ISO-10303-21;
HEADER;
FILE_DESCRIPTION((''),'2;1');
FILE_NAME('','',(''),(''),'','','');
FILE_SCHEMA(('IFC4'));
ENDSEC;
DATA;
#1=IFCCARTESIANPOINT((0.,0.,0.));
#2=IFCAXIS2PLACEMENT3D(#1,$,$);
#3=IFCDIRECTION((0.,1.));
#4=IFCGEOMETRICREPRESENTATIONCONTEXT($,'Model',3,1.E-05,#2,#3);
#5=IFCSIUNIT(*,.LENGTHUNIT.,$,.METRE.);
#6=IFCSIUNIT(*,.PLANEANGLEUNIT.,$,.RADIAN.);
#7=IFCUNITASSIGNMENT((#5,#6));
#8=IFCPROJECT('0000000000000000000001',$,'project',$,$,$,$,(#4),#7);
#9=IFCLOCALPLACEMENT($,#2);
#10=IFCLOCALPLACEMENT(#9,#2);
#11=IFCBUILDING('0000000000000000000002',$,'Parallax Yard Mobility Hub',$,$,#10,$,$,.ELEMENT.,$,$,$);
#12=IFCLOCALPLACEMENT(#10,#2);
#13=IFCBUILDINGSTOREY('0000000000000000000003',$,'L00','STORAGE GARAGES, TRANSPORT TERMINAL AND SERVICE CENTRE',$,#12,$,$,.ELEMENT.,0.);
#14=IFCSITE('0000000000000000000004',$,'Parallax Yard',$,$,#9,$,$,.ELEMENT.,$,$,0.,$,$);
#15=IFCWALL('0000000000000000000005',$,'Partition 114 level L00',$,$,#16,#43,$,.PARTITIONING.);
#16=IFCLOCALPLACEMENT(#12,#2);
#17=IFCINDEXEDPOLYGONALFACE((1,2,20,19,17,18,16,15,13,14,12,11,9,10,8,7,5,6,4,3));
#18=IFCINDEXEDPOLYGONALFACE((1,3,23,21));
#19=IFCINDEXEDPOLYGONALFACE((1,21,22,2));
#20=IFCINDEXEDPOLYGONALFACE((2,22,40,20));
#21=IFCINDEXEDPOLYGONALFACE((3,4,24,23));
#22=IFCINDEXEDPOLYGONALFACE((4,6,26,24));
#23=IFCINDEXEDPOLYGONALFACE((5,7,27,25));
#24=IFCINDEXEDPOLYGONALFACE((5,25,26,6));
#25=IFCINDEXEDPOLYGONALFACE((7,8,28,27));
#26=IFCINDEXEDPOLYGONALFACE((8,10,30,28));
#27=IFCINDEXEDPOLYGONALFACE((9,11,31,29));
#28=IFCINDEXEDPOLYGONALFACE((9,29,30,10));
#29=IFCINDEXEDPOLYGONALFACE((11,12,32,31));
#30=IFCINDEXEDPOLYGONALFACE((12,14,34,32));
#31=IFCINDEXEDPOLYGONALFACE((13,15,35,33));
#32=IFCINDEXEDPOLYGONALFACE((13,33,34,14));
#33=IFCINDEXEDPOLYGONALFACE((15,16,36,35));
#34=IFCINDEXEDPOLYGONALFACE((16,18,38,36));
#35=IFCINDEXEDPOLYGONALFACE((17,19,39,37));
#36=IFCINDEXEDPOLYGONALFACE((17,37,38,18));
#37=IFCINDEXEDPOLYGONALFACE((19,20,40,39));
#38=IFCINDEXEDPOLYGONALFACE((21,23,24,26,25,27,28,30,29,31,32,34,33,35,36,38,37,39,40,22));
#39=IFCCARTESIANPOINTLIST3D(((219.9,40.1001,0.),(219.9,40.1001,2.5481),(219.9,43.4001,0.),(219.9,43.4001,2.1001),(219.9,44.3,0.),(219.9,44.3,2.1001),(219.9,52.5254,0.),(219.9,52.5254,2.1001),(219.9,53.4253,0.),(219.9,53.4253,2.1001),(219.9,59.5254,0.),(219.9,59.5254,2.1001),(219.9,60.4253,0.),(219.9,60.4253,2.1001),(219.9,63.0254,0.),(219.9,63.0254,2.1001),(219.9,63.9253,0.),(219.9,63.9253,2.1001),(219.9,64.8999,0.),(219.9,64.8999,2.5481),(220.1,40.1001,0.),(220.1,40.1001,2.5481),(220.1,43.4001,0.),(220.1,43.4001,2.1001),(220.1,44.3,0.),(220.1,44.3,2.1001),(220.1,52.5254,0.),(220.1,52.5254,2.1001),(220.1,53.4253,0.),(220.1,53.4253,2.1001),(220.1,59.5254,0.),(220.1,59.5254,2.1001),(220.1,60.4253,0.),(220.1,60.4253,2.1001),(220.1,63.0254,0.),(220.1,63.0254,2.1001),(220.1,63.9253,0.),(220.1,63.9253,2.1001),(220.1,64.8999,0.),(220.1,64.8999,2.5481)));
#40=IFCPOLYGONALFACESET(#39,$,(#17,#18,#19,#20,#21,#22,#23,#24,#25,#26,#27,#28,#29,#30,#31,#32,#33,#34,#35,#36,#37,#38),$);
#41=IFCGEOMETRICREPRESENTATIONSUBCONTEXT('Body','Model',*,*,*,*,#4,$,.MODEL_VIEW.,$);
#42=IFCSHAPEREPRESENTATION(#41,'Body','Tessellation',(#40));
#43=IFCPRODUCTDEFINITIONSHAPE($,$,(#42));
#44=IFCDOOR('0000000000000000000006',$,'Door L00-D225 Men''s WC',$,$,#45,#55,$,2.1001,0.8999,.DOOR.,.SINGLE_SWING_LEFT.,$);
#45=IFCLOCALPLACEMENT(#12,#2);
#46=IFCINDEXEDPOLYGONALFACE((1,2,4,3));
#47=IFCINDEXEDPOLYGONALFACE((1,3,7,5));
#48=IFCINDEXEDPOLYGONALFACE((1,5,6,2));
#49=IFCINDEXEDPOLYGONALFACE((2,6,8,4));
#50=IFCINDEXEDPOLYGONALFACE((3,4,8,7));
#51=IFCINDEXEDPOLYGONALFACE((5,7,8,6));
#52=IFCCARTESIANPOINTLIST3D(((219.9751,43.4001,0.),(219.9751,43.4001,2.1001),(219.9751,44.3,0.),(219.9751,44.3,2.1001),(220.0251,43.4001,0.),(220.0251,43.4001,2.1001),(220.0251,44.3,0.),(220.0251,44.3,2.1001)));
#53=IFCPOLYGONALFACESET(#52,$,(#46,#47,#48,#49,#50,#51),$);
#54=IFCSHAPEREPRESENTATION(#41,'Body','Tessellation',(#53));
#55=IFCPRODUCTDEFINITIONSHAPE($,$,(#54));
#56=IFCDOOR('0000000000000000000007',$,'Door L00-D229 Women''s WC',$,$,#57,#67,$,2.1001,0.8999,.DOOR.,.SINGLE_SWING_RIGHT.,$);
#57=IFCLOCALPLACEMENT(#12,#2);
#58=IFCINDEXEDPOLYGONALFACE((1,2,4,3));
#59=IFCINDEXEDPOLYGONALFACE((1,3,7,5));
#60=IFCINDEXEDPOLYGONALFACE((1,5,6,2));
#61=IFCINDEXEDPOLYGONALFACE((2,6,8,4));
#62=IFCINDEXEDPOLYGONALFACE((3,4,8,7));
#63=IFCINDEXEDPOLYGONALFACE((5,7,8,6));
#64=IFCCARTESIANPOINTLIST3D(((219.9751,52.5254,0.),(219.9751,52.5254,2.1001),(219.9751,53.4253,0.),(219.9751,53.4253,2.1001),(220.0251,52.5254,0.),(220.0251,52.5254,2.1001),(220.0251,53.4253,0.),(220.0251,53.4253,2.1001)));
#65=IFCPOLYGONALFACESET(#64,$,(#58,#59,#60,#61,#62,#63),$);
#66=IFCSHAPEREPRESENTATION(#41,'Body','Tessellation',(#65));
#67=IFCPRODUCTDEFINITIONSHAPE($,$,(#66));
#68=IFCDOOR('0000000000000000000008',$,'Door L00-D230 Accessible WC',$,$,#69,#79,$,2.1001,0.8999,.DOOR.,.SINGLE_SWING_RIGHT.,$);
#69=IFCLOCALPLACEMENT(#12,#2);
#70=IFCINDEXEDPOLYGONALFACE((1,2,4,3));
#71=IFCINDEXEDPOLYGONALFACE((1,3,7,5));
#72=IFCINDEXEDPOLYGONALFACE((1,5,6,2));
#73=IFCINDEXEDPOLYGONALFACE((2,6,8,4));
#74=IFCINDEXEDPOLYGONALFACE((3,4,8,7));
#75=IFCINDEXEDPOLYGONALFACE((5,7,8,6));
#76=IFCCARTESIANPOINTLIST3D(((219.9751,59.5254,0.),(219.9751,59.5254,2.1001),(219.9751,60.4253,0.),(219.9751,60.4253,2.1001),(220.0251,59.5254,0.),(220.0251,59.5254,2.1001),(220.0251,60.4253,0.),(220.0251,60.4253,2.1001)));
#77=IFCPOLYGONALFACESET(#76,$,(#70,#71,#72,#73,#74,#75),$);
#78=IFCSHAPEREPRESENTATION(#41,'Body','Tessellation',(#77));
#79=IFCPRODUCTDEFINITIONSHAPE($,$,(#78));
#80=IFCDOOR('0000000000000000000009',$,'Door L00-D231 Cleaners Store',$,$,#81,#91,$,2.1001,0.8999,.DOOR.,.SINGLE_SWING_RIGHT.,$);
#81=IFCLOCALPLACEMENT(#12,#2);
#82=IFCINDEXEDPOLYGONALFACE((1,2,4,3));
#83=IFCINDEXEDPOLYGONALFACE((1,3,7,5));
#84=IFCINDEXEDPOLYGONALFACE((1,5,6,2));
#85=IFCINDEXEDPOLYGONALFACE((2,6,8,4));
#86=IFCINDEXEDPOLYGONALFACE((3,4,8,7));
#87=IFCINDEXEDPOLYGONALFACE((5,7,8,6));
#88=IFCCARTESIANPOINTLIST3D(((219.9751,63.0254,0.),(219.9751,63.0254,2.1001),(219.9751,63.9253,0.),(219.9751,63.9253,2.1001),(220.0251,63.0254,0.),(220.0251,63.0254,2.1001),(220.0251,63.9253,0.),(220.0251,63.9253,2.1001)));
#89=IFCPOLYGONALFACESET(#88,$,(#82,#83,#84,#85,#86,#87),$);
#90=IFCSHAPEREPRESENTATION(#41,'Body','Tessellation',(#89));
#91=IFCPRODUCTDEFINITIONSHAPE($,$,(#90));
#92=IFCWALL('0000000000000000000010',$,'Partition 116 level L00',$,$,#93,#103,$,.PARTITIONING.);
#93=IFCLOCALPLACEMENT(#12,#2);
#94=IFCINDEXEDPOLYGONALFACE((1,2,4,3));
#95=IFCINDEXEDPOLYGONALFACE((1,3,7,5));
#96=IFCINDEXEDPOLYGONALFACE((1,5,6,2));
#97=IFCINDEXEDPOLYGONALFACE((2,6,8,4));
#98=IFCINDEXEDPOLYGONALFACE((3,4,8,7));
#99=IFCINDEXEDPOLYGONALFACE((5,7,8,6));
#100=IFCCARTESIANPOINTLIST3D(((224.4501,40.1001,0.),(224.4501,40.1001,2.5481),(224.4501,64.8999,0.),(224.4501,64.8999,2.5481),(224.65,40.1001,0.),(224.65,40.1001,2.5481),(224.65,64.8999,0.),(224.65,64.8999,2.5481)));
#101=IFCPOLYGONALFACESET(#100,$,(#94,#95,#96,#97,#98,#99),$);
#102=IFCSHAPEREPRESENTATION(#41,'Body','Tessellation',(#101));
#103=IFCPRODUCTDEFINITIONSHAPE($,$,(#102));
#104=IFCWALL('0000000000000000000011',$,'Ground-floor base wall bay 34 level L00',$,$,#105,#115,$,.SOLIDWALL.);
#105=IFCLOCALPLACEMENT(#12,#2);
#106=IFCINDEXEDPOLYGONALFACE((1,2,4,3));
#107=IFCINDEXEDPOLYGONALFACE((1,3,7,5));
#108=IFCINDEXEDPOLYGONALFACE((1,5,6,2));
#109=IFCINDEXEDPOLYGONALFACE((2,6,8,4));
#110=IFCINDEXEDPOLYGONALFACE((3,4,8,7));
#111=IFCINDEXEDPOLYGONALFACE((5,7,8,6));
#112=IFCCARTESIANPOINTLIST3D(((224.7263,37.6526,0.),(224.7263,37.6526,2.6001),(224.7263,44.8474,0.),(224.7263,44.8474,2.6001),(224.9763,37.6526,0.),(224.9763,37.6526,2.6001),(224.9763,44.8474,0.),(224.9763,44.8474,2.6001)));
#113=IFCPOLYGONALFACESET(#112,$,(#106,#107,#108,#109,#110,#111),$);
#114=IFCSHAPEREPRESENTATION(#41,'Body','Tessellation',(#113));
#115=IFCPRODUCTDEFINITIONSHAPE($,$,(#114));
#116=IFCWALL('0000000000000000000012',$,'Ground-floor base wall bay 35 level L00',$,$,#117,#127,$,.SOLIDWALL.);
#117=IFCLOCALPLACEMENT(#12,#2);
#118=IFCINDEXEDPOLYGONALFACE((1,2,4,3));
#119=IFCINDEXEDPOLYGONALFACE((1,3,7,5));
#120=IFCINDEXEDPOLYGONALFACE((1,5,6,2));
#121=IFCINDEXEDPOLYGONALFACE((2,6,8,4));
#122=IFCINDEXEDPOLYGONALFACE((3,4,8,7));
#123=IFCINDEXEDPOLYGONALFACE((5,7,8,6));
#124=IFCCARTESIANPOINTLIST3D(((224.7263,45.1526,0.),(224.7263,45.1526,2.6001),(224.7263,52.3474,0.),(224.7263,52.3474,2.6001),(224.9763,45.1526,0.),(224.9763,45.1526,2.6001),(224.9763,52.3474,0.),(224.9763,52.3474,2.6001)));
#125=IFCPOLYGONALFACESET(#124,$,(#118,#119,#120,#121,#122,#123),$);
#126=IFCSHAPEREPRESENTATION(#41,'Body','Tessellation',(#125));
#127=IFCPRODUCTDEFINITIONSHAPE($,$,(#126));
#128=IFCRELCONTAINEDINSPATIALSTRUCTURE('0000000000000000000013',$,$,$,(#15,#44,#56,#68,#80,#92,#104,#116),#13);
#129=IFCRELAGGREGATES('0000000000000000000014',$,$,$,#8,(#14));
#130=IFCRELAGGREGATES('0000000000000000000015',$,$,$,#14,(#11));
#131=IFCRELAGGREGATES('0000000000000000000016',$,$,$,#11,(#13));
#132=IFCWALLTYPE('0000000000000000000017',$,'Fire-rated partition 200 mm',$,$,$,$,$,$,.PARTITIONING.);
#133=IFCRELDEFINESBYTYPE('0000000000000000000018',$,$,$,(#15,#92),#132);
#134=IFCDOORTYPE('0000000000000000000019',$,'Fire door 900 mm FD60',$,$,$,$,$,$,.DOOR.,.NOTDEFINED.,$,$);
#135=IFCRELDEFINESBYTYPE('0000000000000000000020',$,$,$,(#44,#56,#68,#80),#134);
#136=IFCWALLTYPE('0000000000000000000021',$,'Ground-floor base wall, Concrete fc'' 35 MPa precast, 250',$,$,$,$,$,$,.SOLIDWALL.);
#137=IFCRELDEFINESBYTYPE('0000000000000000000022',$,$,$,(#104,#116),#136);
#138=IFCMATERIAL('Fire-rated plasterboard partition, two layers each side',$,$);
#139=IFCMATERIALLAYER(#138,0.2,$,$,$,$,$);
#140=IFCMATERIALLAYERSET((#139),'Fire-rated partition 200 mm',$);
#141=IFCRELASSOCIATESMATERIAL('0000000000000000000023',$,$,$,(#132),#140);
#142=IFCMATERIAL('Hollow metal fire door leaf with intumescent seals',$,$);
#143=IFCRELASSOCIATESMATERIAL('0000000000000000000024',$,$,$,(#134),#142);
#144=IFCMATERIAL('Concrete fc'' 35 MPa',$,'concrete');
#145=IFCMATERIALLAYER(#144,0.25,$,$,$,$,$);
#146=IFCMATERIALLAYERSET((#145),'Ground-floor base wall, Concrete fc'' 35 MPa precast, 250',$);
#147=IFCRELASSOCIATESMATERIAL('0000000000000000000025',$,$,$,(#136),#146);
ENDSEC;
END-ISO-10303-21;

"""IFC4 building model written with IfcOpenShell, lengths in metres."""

from ifc_helpers import new_model, si_unit, direction, frame, frame_2d, origin, place, context, subcontext, project, spatial, rectangle, extrude, material, layer, layer_set, type_object, element, fill, save


model = new_model("IFC4")

# Units and contexts
model_context = context("Model", 3, precision=1e-05, world=origin(), true_north=direction((0.0, 1.0)))
body_context = subcontext(model_context, "Body", "Model", "MODEL_VIEW")
ifc_project = project(units=[si_unit("LENGTHUNIT", "METRE"), si_unit("PLANEANGLEUNIT", "RADIAN")], contexts=[model_context])

# Site, building, storey
site_placement = place(None, origin())
site = spatial("IfcSite", under=ifc_project, at=site_placement, Name="Parallax Yard", CompositionType="ELEMENT", RefElevation=0.0)
building_placement = place(site_placement, origin())
building = spatial("IfcBuilding", under=site, at=building_placement, Name="Parallax Yard Mobility Hub", CompositionType="ELEMENT")
storey_placement = place(building_placement, origin())
storey = spatial("IfcBuildingStorey", under=building, at=storey_placement, Name="L00", Description="STORAGE GARAGES, TRANSPORT TERMINAL AND SERVICE CENTRE", CompositionType="ELEMENT", Elevation=0.0)

# Shared definitions
ifc_material_1 = material(Name="Fire-rated plasterboard partition, two layers each side")
ifc_layer_1 = layer(ifc_material_1, 0.2)
ifc_layer_set_1 = layer_set([ifc_layer_1], Name="Fire-rated partition 200 mm")
wall_type_1 = type_object("IfcWallType", Name="Fire-rated partition 200 mm", PredefinedType="PARTITIONING", material=ifc_layer_set_1)

# Wall, openings, doors
wall_1_placement = place(storey_placement, frame((220.0, 40.1001, 0.0), z_axis=(0.0, 0.0, 1.0), x_axis=(0.0, 1.0, 0.0)))
wall_1 = element("IfcWall", 1, at=wall_1_placement, inside=storey, type_object=wall_type_1, Name="Partition 114 level L00", PredefinedType="PARTITIONING", context=body_context, shape_type="SweptSolid", body=[
    extrude(rectangle(XDim=24.7998, YDim=0.2, at=frame_2d((12.3999, 0.0))), origin(), (0.0, 0.0, 1.0), 2.5481),
])
opening_1_placement = place(wall_1_placement, frame((3.3, 0.0, 0.0)))
opening_1 = element("IfcOpeningElement", 2, at=opening_1_placement, cuts=wall_1, PredefinedType="OPENING", context=body_context, shape_type="SweptSolid", body=[
    extrude(rectangle(XDim=0.8999, YDim=2.1001, at=frame_2d((0.45, 1.05))), frame((0.0, 0.1099, 0.0), z_axis=(0.0, -1.0, 0.0), x_axis=(1.0, 0.0, 0.0)), (0.0, 0.0, 1.0), 0.22),
])
opening_2_placement = place(wall_1_placement, frame((12.4253, 0.0, 0.0)))
opening_2 = element("IfcOpeningElement", 3, at=opening_2_placement, cuts=wall_1, PredefinedType="OPENING", context=body_context, shape_type="SweptSolid", body=[
    extrude(rectangle(XDim=0.8999, YDim=2.1001, at=frame_2d((0.45, 1.05))), frame((0.0, 0.1099, 0.0), z_axis=(0.0, -1.0, 0.0), x_axis=(1.0, 0.0, 0.0)), (0.0, 0.0, 1.0), 0.22),
])
opening_3_placement = place(wall_1_placement, frame((19.4253, 0.0, 0.0)))
opening_3 = element("IfcOpeningElement", 4, at=opening_3_placement, cuts=wall_1, PredefinedType="OPENING", context=body_context, shape_type="SweptSolid", body=[
    extrude(rectangle(XDim=0.8999, YDim=2.1001, at=frame_2d((0.45, 1.05))), frame((0.0, 0.1099, 0.0), z_axis=(0.0, -1.0, 0.0), x_axis=(1.0, 0.0, 0.0)), (0.0, 0.0, 1.0), 0.22),
])
opening_4_placement = place(wall_1_placement, frame((22.9253, 0.0, 0.0)))
opening_4 = element("IfcOpeningElement", 5, at=opening_4_placement, cuts=wall_1, PredefinedType="OPENING", context=body_context, shape_type="SweptSolid", body=[
    extrude(rectangle(XDim=0.8999, YDim=2.1001, at=frame_2d((0.45, 1.05))), frame((0.0, 0.1099, 0.0), z_axis=(0.0, -1.0, 0.0), x_axis=(1.0, 0.0, 0.0)), (0.0, 0.0, 1.0), 0.22),
])
ifc_material_2 = material(Name="Hollow metal fire door leaf with intumescent seals")
door_type = type_object("IfcDoorType", Name="Fire door 900 mm FD60", OperationType="NOTDEFINED", PredefinedType="DOOR", material=ifc_material_2)
door_1_placement = place(opening_1_placement, origin())
door_1 = element("IfcDoor", 6, at=door_1_placement, inside=storey, type_object=door_type, Name="Door L00-D225 Men's WC", OperationType="SINGLE_SWING_LEFT", OverallHeight=2.1001, OverallWidth=0.8999, PredefinedType="DOOR", context=body_context, shape_type="SweptSolid", body=[
    extrude(rectangle(XDim=0.8999, YDim=2.1001, at=frame_2d((0.45, 1.05))), frame((0.0, 0.0249, 0.0), z_axis=(0.0, -1.0, 0.0), x_axis=(1.0, 0.0, 0.0)), (0.0, 0.0, 1.0), 0.05),
])
fill(opening_1, door_1)
door_2_placement = place(opening_2_placement, origin())
door_2 = element("IfcDoor", 7, at=door_2_placement, inside=storey, type_object=door_type, Name="Door L00-D229 Women's WC", OperationType="SINGLE_SWING_RIGHT", OverallHeight=2.1001, OverallWidth=0.8999, PredefinedType="DOOR", context=body_context, shape_type="SweptSolid", body=[
    extrude(rectangle(XDim=0.8999, YDim=2.1001, at=frame_2d((0.45, 1.05))), frame((0.0, 0.0249, 0.0), z_axis=(0.0, -1.0, 0.0), x_axis=(1.0, 0.0, 0.0)), (0.0, 0.0, 1.0), 0.05),
])
fill(opening_2, door_2)
door_3_placement = place(opening_3_placement, origin())
door_3 = element("IfcDoor", 8, at=door_3_placement, inside=storey, type_object=door_type, Name="Door L00-D230 Accessible WC", OperationType="SINGLE_SWING_RIGHT", OverallHeight=2.1001, OverallWidth=0.8999, PredefinedType="DOOR", context=body_context, shape_type="SweptSolid", body=[
    extrude(rectangle(XDim=0.8999, YDim=2.1001, at=frame_2d((0.45, 1.05))), frame((0.0, 0.0249, 0.0), z_axis=(0.0, -1.0, 0.0), x_axis=(1.0, 0.0, 0.0)), (0.0, 0.0, 1.0), 0.05),
])
fill(opening_3, door_3)
door_4_placement = place(opening_4_placement, origin())
door_4 = element("IfcDoor", 9, at=door_4_placement, inside=storey, type_object=door_type, Name="Door L00-D231 Cleaners Store", OperationType="SINGLE_SWING_RIGHT", OverallHeight=2.1001, OverallWidth=0.8999, PredefinedType="DOOR", context=body_context, shape_type="SweptSolid", body=[
    extrude(rectangle(XDim=0.8999, YDim=2.1001, at=frame_2d((0.45, 1.05))), frame((0.0, 0.0249, 0.0), z_axis=(0.0, -1.0, 0.0), x_axis=(1.0, 0.0, 0.0)), (0.0, 0.0, 1.0), 0.05),
])
fill(opening_4, door_4)

# Walls
wall_2_placement = place(storey_placement, frame((224.55, 40.1001, 0.0), z_axis=(0.0, 0.0, 1.0), x_axis=(0.0, 1.0, 0.0)))
element("IfcWall", 10, at=wall_2_placement, inside=storey, type_object=wall_type_1, Name="Partition 116 level L00", PredefinedType="PARTITIONING", context=body_context, shape_type="SweptSolid", body=[
    extrude(rectangle(XDim=24.7998, YDim=0.2, at=frame_2d((12.3999, 0.0))), origin(), (0.0, 0.0, 1.0), 2.5481),
])
ifc_material_3 = material(Name="Concrete fc' 35 MPa", Category="concrete")
ifc_layer_2 = layer(ifc_material_3, 0.25)
ifc_layer_set_2 = layer_set([ifc_layer_2], Name="Ground-floor base wall, Concrete fc' 35 MPa precast, 250")
wall_type_2 = type_object("IfcWallType", Name="Ground-floor base wall, Concrete fc' 35 MPa precast, 250", PredefinedType="SOLIDWALL", material=ifc_layer_set_2)
for number, where, z_axis, x_axis, name in (
    (11, (224.8513, 37.6526, 0.0), (0.0, 0.0, 1.0), (0.0, 1.0, 0.0), "Ground-floor base wall bay 34 level L00"),
    (12, (224.8513, 45.1526, 0.0), (0.0, 0.0, 1.0), (0.0, 1.0, 0.0), "Ground-floor base wall bay 35 level L00"),
):
    element("IfcWall", number, at=place(storey_placement, frame(where, z_axis=z_axis, x_axis=x_axis)), inside=storey, type_object=wall_type_2, Name=name, PredefinedType="SOLIDWALL", context=body_context, shape_type="SweptSolid", body=[
        extrude(rectangle(XDim=7.1948, YDim=0.25, at=frame_2d((3.5974, 0.0))), origin(), (0.0, 0.0, 1.0), 2.6001),
    ])

save(model, "model.ifc")
